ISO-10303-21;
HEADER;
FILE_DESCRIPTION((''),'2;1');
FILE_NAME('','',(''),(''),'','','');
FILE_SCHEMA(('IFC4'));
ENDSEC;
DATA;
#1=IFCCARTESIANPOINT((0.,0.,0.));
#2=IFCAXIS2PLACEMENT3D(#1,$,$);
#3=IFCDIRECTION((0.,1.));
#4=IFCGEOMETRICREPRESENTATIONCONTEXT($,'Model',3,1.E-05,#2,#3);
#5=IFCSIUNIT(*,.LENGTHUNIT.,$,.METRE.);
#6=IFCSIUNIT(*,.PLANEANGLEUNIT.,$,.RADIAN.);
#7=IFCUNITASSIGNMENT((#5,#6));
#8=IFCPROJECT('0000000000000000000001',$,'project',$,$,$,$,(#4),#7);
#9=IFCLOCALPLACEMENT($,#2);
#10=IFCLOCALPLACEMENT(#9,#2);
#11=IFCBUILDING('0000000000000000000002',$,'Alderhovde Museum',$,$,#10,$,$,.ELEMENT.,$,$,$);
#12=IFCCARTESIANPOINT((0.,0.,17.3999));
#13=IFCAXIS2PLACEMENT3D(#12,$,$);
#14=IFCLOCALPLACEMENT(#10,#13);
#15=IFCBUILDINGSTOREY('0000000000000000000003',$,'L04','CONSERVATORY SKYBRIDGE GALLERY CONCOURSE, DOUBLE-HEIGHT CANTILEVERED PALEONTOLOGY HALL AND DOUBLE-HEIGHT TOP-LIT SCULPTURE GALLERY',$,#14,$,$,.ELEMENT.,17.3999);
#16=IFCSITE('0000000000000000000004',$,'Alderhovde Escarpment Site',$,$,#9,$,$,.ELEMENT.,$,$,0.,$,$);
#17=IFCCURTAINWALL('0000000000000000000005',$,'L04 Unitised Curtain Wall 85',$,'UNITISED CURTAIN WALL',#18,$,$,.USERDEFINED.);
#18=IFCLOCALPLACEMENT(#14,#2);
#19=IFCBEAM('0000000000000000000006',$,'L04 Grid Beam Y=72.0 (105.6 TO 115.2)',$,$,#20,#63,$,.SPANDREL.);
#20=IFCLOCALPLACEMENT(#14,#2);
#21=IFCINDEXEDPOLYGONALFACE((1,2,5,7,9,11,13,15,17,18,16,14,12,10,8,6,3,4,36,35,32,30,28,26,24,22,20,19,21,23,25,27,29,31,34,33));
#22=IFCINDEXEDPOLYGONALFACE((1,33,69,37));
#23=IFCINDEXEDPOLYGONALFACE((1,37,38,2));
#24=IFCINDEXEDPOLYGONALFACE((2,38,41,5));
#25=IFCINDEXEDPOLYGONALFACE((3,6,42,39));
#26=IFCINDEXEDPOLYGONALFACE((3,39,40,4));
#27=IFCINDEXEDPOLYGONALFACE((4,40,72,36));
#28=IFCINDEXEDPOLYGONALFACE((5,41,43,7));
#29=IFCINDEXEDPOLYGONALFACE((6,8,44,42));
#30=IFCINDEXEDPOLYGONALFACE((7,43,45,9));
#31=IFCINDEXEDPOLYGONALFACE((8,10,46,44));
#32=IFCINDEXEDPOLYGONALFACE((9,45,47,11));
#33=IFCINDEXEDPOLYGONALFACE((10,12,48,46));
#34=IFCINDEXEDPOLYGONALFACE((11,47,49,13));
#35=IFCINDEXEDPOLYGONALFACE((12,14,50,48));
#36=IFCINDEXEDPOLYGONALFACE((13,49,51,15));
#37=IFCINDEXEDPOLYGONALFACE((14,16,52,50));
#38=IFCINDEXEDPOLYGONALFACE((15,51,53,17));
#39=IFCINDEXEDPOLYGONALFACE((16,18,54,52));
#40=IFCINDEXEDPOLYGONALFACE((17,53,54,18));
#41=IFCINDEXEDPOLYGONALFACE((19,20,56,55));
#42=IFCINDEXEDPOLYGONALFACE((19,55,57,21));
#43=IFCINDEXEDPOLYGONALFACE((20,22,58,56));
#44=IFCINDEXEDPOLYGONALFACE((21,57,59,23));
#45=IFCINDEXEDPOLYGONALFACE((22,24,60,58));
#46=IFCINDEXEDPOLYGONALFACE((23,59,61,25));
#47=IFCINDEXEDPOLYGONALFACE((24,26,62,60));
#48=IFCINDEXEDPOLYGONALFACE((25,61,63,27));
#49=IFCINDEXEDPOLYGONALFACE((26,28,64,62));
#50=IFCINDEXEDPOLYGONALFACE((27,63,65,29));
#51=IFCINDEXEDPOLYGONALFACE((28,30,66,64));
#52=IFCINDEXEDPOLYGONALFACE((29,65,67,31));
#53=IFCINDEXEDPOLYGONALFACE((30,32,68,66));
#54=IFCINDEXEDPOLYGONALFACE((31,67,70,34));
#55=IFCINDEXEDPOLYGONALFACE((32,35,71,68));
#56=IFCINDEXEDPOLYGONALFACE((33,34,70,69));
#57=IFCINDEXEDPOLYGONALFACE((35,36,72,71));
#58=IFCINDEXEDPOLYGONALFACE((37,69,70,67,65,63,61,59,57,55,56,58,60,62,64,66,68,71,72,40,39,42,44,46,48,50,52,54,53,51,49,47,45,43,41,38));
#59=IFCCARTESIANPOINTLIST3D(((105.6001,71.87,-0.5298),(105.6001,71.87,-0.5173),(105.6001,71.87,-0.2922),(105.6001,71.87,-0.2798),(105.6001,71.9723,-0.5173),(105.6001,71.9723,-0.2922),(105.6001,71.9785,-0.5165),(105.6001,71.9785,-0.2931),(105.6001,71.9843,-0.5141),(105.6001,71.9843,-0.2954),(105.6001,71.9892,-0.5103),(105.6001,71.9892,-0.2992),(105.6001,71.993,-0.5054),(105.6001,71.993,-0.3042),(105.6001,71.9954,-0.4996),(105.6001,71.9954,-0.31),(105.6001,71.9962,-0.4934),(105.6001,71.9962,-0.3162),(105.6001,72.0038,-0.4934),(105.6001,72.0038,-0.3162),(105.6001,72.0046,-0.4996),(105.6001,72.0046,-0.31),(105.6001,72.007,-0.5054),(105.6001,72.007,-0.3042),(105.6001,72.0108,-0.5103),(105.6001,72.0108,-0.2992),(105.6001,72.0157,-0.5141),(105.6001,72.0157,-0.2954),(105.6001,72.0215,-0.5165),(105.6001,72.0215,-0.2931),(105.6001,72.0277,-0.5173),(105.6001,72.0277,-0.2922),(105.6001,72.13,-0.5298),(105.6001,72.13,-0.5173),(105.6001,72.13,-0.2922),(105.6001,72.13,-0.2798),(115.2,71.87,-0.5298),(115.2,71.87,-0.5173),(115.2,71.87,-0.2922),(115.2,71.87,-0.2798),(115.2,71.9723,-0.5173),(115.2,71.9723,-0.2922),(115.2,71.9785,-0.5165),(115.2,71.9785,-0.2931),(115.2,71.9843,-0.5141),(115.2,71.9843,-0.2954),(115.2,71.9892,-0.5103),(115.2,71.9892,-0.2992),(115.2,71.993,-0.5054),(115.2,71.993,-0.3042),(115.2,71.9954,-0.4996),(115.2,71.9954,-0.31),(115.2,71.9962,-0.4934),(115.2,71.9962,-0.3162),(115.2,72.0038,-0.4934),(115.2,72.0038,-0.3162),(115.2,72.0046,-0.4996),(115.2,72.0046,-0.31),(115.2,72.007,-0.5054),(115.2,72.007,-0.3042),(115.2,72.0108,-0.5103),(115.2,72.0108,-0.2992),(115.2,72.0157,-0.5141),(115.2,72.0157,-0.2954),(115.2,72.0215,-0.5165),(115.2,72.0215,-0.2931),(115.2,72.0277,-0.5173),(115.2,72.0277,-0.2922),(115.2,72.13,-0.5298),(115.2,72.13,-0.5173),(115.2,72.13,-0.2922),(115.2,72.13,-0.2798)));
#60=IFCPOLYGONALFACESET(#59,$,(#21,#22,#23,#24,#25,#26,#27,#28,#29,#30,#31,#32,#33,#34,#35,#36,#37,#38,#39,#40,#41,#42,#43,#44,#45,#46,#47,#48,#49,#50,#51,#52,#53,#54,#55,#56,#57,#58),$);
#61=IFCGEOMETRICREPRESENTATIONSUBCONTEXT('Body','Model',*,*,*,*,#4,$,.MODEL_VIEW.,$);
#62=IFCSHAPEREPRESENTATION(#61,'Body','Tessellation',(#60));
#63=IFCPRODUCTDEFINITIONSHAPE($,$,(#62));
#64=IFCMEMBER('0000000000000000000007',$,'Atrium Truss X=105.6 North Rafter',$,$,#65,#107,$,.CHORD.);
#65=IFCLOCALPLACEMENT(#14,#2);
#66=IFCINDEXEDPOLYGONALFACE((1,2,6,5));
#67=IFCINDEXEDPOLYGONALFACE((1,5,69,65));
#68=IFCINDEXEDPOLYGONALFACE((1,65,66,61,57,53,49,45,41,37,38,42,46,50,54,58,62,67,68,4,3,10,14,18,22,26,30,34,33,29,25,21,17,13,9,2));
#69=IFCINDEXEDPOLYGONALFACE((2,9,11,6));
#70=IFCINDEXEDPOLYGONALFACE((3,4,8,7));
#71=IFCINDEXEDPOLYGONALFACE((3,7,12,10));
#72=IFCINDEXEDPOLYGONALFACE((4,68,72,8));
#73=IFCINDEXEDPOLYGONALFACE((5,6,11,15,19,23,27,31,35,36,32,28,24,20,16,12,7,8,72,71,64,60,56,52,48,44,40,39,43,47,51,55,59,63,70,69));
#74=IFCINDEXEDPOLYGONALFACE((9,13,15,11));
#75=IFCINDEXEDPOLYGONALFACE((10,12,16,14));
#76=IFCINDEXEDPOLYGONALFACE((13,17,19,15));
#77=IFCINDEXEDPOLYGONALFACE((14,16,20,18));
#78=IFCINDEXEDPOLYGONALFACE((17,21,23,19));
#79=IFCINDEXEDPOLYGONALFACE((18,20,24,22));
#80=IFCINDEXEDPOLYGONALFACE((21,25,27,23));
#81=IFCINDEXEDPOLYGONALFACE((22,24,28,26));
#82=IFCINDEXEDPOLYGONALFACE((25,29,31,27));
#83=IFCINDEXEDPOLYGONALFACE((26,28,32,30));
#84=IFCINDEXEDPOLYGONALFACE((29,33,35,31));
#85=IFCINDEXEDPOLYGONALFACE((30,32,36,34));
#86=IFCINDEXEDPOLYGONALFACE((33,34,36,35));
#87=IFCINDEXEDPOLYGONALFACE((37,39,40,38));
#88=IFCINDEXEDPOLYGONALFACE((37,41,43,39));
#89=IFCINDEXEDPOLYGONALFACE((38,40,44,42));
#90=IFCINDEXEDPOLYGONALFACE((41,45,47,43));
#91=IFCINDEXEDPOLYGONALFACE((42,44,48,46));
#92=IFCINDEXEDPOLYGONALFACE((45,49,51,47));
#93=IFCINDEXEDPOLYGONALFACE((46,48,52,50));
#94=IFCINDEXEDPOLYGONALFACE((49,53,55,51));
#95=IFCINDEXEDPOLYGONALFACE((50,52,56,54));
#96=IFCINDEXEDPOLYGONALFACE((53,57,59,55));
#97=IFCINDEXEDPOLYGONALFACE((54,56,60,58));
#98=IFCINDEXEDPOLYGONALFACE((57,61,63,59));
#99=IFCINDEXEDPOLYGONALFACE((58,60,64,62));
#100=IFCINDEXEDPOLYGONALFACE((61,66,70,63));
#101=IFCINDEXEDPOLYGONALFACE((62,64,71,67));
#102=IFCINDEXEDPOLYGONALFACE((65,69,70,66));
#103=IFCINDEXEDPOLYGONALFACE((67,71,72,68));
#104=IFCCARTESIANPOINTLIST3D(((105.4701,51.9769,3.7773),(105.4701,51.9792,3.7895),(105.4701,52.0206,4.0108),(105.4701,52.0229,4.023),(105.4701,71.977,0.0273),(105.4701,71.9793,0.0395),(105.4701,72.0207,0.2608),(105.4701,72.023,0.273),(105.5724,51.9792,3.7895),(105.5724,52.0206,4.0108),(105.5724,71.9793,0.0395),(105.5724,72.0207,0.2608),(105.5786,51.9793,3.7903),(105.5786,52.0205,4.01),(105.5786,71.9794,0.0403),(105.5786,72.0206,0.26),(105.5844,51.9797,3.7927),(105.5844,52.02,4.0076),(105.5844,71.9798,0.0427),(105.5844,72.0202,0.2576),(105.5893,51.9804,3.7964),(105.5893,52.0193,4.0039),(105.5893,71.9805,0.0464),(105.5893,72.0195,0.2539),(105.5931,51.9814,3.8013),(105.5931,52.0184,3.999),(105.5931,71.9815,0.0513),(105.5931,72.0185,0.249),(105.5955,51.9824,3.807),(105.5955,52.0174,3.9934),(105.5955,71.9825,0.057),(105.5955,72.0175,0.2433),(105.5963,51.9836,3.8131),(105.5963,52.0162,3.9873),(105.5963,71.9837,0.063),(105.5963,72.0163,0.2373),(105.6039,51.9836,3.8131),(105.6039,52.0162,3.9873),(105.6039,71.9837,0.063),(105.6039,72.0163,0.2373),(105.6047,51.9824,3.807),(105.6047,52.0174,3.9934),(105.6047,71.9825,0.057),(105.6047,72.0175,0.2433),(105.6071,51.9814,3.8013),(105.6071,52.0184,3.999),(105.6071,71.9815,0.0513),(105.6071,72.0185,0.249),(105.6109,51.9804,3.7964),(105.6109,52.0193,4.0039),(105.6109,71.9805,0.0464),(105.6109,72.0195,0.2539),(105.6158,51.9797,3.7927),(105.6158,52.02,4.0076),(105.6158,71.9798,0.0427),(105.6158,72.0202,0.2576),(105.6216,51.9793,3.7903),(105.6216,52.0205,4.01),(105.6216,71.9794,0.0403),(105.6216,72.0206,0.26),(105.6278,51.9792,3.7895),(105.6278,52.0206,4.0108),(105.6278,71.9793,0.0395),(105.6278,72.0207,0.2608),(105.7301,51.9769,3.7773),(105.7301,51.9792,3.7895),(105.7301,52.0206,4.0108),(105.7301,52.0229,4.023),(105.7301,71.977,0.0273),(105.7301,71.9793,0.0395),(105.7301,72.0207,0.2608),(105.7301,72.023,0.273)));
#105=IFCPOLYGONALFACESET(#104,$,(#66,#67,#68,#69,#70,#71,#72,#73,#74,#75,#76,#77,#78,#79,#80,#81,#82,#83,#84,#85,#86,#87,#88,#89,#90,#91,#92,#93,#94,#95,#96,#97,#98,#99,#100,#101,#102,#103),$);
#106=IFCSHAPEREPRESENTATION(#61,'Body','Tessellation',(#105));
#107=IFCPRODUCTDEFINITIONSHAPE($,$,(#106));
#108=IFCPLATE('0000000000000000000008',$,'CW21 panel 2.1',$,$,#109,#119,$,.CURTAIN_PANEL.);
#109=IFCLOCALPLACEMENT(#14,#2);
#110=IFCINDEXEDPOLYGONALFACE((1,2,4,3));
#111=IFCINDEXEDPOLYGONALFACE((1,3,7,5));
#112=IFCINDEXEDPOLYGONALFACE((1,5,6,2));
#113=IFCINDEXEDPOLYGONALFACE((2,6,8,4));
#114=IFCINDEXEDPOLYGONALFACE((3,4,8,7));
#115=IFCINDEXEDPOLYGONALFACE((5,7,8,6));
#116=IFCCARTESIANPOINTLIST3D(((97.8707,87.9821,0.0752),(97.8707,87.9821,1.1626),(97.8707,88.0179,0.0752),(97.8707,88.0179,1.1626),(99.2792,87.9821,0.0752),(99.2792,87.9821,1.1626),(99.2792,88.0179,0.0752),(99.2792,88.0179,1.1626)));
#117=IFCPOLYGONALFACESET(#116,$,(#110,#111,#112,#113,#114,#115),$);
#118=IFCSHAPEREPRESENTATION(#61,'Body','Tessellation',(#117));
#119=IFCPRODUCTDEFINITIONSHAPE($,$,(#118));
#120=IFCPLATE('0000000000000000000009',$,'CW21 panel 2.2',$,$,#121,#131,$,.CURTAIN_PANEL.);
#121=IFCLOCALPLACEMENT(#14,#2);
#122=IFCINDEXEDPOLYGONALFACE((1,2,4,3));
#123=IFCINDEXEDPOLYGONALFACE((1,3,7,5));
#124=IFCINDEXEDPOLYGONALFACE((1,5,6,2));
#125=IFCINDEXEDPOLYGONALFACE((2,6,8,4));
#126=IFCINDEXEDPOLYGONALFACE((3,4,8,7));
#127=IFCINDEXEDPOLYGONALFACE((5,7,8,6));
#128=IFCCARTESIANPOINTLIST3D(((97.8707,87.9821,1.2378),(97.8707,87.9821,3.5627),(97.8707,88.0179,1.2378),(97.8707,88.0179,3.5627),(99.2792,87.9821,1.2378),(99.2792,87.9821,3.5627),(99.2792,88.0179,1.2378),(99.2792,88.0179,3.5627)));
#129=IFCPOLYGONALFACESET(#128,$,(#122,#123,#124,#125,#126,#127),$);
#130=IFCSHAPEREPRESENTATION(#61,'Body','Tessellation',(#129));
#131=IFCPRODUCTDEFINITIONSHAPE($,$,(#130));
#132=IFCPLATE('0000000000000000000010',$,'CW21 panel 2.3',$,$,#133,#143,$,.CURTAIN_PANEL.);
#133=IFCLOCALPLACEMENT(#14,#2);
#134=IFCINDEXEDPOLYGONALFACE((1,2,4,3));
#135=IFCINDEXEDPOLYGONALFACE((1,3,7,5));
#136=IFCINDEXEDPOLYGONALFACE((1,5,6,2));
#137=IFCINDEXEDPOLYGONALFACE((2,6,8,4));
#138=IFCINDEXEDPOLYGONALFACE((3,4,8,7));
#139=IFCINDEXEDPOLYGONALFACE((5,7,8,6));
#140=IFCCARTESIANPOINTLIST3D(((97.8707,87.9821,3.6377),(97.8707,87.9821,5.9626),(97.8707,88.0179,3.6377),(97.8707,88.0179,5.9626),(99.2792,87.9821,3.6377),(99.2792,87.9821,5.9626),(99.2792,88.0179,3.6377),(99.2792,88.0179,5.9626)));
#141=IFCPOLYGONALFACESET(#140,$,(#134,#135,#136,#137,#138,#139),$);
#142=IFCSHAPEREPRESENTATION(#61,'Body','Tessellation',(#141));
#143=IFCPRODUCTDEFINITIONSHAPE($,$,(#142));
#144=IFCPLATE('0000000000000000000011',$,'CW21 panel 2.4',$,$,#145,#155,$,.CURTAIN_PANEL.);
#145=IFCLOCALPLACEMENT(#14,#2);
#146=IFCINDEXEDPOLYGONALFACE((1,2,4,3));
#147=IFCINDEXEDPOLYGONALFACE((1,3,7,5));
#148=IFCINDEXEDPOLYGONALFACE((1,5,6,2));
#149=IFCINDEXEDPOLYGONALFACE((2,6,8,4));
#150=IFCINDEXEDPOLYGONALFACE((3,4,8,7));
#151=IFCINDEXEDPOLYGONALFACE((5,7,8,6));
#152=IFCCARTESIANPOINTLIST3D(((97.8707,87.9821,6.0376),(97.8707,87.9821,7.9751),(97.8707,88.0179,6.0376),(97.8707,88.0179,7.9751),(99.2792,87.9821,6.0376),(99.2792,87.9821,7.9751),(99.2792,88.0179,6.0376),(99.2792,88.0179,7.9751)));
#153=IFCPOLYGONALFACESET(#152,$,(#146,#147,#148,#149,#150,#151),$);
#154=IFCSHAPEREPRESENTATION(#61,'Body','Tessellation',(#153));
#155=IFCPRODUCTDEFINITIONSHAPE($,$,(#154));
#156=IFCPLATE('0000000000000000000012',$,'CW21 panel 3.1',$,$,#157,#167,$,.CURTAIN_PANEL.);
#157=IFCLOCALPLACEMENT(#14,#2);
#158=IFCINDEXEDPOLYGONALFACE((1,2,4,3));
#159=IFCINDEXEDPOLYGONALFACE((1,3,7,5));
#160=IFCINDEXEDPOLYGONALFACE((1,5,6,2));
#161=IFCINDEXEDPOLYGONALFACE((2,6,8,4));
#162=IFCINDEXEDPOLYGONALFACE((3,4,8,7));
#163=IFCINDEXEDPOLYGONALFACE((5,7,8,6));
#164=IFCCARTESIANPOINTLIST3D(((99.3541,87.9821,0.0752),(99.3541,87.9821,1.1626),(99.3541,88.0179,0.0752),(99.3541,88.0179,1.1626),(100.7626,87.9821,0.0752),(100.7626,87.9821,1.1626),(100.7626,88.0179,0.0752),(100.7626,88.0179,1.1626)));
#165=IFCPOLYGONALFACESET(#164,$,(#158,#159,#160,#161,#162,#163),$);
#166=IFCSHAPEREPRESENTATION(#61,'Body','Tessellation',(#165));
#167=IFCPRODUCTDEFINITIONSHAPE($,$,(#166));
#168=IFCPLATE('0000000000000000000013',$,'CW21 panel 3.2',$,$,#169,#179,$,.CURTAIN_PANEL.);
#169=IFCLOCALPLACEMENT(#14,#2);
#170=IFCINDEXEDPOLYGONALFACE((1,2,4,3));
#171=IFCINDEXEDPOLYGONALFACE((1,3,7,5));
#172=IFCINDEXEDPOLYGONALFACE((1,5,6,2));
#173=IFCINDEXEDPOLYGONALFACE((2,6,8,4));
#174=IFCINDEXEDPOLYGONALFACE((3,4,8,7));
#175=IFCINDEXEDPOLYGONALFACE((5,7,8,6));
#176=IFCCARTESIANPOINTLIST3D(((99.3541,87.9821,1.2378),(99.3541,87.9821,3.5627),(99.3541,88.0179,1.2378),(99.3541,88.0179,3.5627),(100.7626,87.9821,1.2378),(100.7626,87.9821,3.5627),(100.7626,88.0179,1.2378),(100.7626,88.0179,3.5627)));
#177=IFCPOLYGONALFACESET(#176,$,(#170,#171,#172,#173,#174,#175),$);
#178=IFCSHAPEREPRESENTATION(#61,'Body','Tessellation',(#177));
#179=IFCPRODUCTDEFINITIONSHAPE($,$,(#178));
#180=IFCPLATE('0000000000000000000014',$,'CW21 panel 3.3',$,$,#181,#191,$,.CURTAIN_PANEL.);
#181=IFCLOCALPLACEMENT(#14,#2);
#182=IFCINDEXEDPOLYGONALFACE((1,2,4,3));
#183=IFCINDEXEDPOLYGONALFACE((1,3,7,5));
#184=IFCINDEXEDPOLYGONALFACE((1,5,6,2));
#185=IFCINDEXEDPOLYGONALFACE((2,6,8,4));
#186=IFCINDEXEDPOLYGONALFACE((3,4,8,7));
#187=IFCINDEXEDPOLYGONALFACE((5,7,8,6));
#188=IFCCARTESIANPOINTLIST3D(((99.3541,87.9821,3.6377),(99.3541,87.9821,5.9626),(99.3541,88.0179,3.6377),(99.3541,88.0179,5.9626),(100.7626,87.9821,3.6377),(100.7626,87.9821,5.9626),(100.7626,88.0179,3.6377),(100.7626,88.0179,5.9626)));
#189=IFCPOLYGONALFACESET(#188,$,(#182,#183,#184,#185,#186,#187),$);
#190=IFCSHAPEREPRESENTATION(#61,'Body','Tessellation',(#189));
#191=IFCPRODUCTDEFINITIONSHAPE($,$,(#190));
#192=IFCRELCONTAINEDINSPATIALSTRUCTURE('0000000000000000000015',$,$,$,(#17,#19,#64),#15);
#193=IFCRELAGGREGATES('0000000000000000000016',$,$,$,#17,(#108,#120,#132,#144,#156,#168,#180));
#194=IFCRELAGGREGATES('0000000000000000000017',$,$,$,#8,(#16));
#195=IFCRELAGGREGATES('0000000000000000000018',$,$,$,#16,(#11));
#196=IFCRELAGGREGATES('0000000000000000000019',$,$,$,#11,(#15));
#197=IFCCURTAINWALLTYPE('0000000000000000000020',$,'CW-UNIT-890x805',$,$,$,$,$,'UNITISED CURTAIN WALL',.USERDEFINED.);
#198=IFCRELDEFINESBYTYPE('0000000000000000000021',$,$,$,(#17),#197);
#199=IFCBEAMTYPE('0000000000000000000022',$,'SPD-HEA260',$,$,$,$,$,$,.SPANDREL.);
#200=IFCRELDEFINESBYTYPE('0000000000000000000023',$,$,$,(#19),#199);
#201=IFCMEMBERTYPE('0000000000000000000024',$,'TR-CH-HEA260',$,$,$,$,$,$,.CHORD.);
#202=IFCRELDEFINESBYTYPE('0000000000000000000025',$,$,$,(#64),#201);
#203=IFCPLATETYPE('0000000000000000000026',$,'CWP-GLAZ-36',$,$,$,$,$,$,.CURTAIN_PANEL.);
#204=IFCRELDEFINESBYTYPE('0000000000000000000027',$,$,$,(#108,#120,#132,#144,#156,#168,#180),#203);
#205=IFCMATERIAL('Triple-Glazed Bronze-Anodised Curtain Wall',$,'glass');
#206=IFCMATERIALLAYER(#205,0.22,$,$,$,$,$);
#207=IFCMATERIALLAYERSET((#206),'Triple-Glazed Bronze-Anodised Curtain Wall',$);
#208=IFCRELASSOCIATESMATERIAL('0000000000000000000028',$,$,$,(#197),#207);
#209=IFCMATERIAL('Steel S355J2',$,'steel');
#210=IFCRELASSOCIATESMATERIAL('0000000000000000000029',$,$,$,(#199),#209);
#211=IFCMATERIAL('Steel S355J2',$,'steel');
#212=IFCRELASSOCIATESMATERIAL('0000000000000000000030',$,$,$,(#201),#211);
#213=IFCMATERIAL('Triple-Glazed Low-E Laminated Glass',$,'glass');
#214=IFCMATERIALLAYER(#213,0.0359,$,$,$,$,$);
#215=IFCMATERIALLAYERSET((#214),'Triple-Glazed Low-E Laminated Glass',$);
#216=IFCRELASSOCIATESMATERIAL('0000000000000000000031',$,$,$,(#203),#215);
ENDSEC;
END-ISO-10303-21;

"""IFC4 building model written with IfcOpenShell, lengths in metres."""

from ifc_helpers import new_model, si_unit, direction, frame, origin, origin_2d, place, context, subcontext, project, spatial, rectangle, i_section, extrude, material, layer, layer_set, material_profile, profile_set, type_object, element, aggregate, save


model = new_model("IFC4")

# Units and contexts
model_context = context("Model", 3, precision=1e-05, world=origin(), true_north=direction((0.0, 1.0)))
body_context = subcontext(model_context, "Body", "Model", "MODEL_VIEW")
ifc_project = project(units=[si_unit("LENGTHUNIT", "METRE"), si_unit("PLANEANGLEUNIT", "RADIAN")], contexts=[model_context])

# Site, building, storey
site_placement = place(None, origin())
site = spatial("IfcSite", under=ifc_project, at=site_placement, Name="Alderhovde Escarpment Site", CompositionType="ELEMENT", RefElevation=0.0)
building_placement = place(site_placement, origin())
building = spatial("IfcBuilding", under=site, at=building_placement, Name="Alderhovde Museum", CompositionType="ELEMENT")
storey_placement = place(building_placement, frame((0.0, 0.0, 17.3999)))
storey = spatial("IfcBuildingStorey", under=building, at=storey_placement, Name="L04", Description="CONSERVATORY SKYBRIDGE GALLERY CONCOURSE, DOUBLE-HEIGHT CANTILEVERED PALEONTOLOGY HALL AND DOUBLE-HEIGHT TOP-LIT SCULPTURE GALLERY", CompositionType="ELEMENT", Elevation=17.3999)

# Curtain wall
ifc_material_1 = material(Name="Triple-Glazed Bronze-Anodised Curtain Wall", Category="glass")
ifc_layer_1 = layer(ifc_material_1, 0.22)
ifc_layer_set_1 = layer_set([ifc_layer_1], Name="Triple-Glazed Bronze-Anodised Curtain Wall")
curtain_wall_type = type_object("IfcCurtainWallType", Name="CW-UNIT-890x805", ElementType="UNITISED CURTAIN WALL", PredefinedType="USERDEFINED", material=ifc_layer_set_1)
curtain_wall_1_placement = place(storey_placement, origin())
curtain_wall_1 = element("IfcCurtainWall", 1, at=curtain_wall_1_placement, inside=storey, type_object=curtain_wall_type, Name="L04 Unitised Curtain Wall 85", ObjectType="UNITISED CURTAIN WALL", PredefinedType="USERDEFINED")

# Beam
ifc_material_2 = material(Name="Steel S355J2", Category="steel")
ifc_material_profile_1 = material_profile(ifc_material_2, i_section(OverallWidth=0.26, OverallDepth=0.25, WebThickness=0.0076, FlangeThickness=0.0125, FilletRadius=0.0239, at=origin_2d()), Name="HEA 260")
ifc_profile_set_1 = profile_set([ifc_material_profile_1], Name="Steel S355J2")
beam_type_1 = type_object("IfcBeamType", Name="SPD-HEA260", PredefinedType="SPANDREL", material=ifc_profile_set_1)
beam_1_placement = place(storey_placement, frame((105.6001, 72.0, -0.4048), z_axis=(1.0, 0.0, 0.0), x_axis=(0.0, 1.0, 0.0)))
element("IfcBeam", 2, at=beam_1_placement, inside=storey, type_object=beam_type_1, Name="L04 Grid Beam Y=72.0 (105.6 TO 115.2)", PredefinedType="SPANDREL", context=body_context, shape_type="SweptSolid", body=[
    extrude(i_section(OverallWidth=0.26, OverallDepth=0.25, WebThickness=0.0076, FlangeThickness=0.0125, FilletRadius=0.0239, at=origin_2d()), origin(), (0.0, 0.0, 1.0), 9.5999),
])

# Member
ifc_material_3 = material(Name="Steel S355J2", Category="steel")
ifc_material_profile_2 = material_profile(ifc_material_3, i_section(OverallWidth=0.26, OverallDepth=0.25, WebThickness=0.0076, FlangeThickness=0.0125, FilletRadius=0.0239, at=origin_2d()), Name="HEA 260")
ifc_profile_set_2 = profile_set([ifc_material_profile_2], Name="Steel S355J2")
member_type_1 = type_object("IfcMemberType", Name="TR-CH-HEA260", PredefinedType="CHORD", material=ifc_profile_set_2)
member_1_placement = place(storey_placement, frame((105.6001, 72.0, 0.1501), z_axis=(0.0, -0.982872, 0.184289), x_axis=(1.0, 0.0, 0.0)))
element("IfcMember", 3, at=member_1_placement, inside=storey, type_object=member_type_1, Name="Atrium Truss X=105.6 North Rafter", PredefinedType="CHORD", context=body_context, shape_type="SweptSolid", body=[
    extrude(i_section(OverallWidth=0.26, OverallDepth=0.25, WebThickness=0.0076, FlangeThickness=0.0125, FilletRadius=0.0239, at=origin_2d()), origin(), (0.0, 0.0, 1.0), 20.3486),
])

# Plates
ifc_material_4 = material(Name="Triple-Glazed Low-E Laminated Glass", Category="glass")
ifc_layer_2 = layer(ifc_material_4, 0.0359)
ifc_layer_set_2 = layer_set([ifc_layer_2], Name="Triple-Glazed Low-E Laminated Glass")
plate_type_1 = type_object("IfcPlateType", Name="CWP-GLAZ-36", PredefinedType="CURTAIN_PANEL", material=ifc_layer_set_2)
plate_1_placement = place(storey_placement, frame((98.575, 88.0, 0.0752), z_axis=(0.0, 0.0, 1.0), x_axis=(1.0, 0.0, 0.0)))
plate_1 = element("IfcPlate", 4, at=plate_1_placement, type_object=plate_type_1, Name="CW21 panel 2.1", PredefinedType="CURTAIN_PANEL", context=body_context, shape_type="SweptSolid", body=[
    extrude(rectangle(XDim=1.4084, YDim=0.0359, at=origin_2d()), origin(), (0.0, 0.0, 1.0), 1.0874),
])
plate_2_placement = place(storey_placement, frame((98.575, 88.0, 1.2378), z_axis=(0.0, 0.0, 1.0), x_axis=(1.0, 0.0, 0.0)))
plate_2 = element("IfcPlate", 5, at=plate_2_placement, type_object=plate_type_1, Name="CW21 panel 2.2", PredefinedType="CURTAIN_PANEL", context=body_context, shape_type="SweptSolid", body=[
    extrude(rectangle(XDim=1.4084, YDim=0.0359, at=origin_2d()), origin(), (0.0, 0.0, 1.0), 2.325),
])
plate_3_placement = place(storey_placement, frame((98.575, 88.0, 3.6377), z_axis=(0.0, 0.0, 1.0), x_axis=(1.0, 0.0, 0.0)))
plate_3 = element("IfcPlate", 6, at=plate_3_placement, type_object=plate_type_1, Name="CW21 panel 2.3", PredefinedType="CURTAIN_PANEL", context=body_context, shape_type="SweptSolid", body=[
    extrude(rectangle(XDim=1.4084, YDim=0.0359, at=origin_2d()), origin(), (0.0, 0.0, 1.0), 2.325),
])
plate_4_placement = place(storey_placement, frame((98.575, 88.0, 6.0376), z_axis=(0.0, 0.0, 1.0), x_axis=(1.0, 0.0, 0.0)))
plate_4 = element("IfcPlate", 7, at=plate_4_placement, type_object=plate_type_1, Name="CW21 panel 2.4", PredefinedType="CURTAIN_PANEL", context=body_context, shape_type="SweptSolid", body=[
    extrude(rectangle(XDim=1.4084, YDim=0.0359, at=origin_2d()), origin(), (0.0, 0.0, 1.0), 1.9375),
])
plate_5_placement = place(storey_placement, frame((100.0583, 88.0, 0.0752), z_axis=(0.0, 0.0, 1.0), x_axis=(1.0, 0.0, 0.0)))
plate_5 = element("IfcPlate", 8, at=plate_5_placement, type_object=plate_type_1, Name="CW21 panel 3.1", PredefinedType="CURTAIN_PANEL", context=body_context, shape_type="SweptSolid", body=[
    extrude(rectangle(XDim=1.4084, YDim=0.0359, at=origin_2d()), origin(), (0.0, 0.0, 1.0), 1.0874),
])
plate_6_placement = place(storey_placement, frame((100.0583, 88.0, 1.2378), z_axis=(0.0, 0.0, 1.0), x_axis=(1.0, 0.0, 0.0)))
plate_6 = element("IfcPlate", 9, at=plate_6_placement, type_object=plate_type_1, Name="CW21 panel 3.2", PredefinedType="CURTAIN_PANEL", context=body_context, shape_type="SweptSolid", body=[
    extrude(rectangle(XDim=1.4084, YDim=0.0359, at=origin_2d()), origin(), (0.0, 0.0, 1.0), 2.325),
])
plate_7_placement = place(storey_placement, frame((100.0583, 88.0, 3.6377), z_axis=(0.0, 0.0, 1.0), x_axis=(1.0, 0.0, 0.0)))
plate_7 = element("IfcPlate", 10, at=plate_7_placement, type_object=plate_type_1, Name="CW21 panel 3.3", PredefinedType="CURTAIN_PANEL", context=body_context, shape_type="SweptSolid", body=[
    extrude(rectangle(XDim=1.4084, YDim=0.0359, at=origin_2d()), origin(), (0.0, 0.0, 1.0), 2.325),
])
aggregate(curtain_wall_1, [plate_1, plate_2, plate_3, plate_4, plate_5, plate_6, plate_7])

save(model, "model.ifc")
